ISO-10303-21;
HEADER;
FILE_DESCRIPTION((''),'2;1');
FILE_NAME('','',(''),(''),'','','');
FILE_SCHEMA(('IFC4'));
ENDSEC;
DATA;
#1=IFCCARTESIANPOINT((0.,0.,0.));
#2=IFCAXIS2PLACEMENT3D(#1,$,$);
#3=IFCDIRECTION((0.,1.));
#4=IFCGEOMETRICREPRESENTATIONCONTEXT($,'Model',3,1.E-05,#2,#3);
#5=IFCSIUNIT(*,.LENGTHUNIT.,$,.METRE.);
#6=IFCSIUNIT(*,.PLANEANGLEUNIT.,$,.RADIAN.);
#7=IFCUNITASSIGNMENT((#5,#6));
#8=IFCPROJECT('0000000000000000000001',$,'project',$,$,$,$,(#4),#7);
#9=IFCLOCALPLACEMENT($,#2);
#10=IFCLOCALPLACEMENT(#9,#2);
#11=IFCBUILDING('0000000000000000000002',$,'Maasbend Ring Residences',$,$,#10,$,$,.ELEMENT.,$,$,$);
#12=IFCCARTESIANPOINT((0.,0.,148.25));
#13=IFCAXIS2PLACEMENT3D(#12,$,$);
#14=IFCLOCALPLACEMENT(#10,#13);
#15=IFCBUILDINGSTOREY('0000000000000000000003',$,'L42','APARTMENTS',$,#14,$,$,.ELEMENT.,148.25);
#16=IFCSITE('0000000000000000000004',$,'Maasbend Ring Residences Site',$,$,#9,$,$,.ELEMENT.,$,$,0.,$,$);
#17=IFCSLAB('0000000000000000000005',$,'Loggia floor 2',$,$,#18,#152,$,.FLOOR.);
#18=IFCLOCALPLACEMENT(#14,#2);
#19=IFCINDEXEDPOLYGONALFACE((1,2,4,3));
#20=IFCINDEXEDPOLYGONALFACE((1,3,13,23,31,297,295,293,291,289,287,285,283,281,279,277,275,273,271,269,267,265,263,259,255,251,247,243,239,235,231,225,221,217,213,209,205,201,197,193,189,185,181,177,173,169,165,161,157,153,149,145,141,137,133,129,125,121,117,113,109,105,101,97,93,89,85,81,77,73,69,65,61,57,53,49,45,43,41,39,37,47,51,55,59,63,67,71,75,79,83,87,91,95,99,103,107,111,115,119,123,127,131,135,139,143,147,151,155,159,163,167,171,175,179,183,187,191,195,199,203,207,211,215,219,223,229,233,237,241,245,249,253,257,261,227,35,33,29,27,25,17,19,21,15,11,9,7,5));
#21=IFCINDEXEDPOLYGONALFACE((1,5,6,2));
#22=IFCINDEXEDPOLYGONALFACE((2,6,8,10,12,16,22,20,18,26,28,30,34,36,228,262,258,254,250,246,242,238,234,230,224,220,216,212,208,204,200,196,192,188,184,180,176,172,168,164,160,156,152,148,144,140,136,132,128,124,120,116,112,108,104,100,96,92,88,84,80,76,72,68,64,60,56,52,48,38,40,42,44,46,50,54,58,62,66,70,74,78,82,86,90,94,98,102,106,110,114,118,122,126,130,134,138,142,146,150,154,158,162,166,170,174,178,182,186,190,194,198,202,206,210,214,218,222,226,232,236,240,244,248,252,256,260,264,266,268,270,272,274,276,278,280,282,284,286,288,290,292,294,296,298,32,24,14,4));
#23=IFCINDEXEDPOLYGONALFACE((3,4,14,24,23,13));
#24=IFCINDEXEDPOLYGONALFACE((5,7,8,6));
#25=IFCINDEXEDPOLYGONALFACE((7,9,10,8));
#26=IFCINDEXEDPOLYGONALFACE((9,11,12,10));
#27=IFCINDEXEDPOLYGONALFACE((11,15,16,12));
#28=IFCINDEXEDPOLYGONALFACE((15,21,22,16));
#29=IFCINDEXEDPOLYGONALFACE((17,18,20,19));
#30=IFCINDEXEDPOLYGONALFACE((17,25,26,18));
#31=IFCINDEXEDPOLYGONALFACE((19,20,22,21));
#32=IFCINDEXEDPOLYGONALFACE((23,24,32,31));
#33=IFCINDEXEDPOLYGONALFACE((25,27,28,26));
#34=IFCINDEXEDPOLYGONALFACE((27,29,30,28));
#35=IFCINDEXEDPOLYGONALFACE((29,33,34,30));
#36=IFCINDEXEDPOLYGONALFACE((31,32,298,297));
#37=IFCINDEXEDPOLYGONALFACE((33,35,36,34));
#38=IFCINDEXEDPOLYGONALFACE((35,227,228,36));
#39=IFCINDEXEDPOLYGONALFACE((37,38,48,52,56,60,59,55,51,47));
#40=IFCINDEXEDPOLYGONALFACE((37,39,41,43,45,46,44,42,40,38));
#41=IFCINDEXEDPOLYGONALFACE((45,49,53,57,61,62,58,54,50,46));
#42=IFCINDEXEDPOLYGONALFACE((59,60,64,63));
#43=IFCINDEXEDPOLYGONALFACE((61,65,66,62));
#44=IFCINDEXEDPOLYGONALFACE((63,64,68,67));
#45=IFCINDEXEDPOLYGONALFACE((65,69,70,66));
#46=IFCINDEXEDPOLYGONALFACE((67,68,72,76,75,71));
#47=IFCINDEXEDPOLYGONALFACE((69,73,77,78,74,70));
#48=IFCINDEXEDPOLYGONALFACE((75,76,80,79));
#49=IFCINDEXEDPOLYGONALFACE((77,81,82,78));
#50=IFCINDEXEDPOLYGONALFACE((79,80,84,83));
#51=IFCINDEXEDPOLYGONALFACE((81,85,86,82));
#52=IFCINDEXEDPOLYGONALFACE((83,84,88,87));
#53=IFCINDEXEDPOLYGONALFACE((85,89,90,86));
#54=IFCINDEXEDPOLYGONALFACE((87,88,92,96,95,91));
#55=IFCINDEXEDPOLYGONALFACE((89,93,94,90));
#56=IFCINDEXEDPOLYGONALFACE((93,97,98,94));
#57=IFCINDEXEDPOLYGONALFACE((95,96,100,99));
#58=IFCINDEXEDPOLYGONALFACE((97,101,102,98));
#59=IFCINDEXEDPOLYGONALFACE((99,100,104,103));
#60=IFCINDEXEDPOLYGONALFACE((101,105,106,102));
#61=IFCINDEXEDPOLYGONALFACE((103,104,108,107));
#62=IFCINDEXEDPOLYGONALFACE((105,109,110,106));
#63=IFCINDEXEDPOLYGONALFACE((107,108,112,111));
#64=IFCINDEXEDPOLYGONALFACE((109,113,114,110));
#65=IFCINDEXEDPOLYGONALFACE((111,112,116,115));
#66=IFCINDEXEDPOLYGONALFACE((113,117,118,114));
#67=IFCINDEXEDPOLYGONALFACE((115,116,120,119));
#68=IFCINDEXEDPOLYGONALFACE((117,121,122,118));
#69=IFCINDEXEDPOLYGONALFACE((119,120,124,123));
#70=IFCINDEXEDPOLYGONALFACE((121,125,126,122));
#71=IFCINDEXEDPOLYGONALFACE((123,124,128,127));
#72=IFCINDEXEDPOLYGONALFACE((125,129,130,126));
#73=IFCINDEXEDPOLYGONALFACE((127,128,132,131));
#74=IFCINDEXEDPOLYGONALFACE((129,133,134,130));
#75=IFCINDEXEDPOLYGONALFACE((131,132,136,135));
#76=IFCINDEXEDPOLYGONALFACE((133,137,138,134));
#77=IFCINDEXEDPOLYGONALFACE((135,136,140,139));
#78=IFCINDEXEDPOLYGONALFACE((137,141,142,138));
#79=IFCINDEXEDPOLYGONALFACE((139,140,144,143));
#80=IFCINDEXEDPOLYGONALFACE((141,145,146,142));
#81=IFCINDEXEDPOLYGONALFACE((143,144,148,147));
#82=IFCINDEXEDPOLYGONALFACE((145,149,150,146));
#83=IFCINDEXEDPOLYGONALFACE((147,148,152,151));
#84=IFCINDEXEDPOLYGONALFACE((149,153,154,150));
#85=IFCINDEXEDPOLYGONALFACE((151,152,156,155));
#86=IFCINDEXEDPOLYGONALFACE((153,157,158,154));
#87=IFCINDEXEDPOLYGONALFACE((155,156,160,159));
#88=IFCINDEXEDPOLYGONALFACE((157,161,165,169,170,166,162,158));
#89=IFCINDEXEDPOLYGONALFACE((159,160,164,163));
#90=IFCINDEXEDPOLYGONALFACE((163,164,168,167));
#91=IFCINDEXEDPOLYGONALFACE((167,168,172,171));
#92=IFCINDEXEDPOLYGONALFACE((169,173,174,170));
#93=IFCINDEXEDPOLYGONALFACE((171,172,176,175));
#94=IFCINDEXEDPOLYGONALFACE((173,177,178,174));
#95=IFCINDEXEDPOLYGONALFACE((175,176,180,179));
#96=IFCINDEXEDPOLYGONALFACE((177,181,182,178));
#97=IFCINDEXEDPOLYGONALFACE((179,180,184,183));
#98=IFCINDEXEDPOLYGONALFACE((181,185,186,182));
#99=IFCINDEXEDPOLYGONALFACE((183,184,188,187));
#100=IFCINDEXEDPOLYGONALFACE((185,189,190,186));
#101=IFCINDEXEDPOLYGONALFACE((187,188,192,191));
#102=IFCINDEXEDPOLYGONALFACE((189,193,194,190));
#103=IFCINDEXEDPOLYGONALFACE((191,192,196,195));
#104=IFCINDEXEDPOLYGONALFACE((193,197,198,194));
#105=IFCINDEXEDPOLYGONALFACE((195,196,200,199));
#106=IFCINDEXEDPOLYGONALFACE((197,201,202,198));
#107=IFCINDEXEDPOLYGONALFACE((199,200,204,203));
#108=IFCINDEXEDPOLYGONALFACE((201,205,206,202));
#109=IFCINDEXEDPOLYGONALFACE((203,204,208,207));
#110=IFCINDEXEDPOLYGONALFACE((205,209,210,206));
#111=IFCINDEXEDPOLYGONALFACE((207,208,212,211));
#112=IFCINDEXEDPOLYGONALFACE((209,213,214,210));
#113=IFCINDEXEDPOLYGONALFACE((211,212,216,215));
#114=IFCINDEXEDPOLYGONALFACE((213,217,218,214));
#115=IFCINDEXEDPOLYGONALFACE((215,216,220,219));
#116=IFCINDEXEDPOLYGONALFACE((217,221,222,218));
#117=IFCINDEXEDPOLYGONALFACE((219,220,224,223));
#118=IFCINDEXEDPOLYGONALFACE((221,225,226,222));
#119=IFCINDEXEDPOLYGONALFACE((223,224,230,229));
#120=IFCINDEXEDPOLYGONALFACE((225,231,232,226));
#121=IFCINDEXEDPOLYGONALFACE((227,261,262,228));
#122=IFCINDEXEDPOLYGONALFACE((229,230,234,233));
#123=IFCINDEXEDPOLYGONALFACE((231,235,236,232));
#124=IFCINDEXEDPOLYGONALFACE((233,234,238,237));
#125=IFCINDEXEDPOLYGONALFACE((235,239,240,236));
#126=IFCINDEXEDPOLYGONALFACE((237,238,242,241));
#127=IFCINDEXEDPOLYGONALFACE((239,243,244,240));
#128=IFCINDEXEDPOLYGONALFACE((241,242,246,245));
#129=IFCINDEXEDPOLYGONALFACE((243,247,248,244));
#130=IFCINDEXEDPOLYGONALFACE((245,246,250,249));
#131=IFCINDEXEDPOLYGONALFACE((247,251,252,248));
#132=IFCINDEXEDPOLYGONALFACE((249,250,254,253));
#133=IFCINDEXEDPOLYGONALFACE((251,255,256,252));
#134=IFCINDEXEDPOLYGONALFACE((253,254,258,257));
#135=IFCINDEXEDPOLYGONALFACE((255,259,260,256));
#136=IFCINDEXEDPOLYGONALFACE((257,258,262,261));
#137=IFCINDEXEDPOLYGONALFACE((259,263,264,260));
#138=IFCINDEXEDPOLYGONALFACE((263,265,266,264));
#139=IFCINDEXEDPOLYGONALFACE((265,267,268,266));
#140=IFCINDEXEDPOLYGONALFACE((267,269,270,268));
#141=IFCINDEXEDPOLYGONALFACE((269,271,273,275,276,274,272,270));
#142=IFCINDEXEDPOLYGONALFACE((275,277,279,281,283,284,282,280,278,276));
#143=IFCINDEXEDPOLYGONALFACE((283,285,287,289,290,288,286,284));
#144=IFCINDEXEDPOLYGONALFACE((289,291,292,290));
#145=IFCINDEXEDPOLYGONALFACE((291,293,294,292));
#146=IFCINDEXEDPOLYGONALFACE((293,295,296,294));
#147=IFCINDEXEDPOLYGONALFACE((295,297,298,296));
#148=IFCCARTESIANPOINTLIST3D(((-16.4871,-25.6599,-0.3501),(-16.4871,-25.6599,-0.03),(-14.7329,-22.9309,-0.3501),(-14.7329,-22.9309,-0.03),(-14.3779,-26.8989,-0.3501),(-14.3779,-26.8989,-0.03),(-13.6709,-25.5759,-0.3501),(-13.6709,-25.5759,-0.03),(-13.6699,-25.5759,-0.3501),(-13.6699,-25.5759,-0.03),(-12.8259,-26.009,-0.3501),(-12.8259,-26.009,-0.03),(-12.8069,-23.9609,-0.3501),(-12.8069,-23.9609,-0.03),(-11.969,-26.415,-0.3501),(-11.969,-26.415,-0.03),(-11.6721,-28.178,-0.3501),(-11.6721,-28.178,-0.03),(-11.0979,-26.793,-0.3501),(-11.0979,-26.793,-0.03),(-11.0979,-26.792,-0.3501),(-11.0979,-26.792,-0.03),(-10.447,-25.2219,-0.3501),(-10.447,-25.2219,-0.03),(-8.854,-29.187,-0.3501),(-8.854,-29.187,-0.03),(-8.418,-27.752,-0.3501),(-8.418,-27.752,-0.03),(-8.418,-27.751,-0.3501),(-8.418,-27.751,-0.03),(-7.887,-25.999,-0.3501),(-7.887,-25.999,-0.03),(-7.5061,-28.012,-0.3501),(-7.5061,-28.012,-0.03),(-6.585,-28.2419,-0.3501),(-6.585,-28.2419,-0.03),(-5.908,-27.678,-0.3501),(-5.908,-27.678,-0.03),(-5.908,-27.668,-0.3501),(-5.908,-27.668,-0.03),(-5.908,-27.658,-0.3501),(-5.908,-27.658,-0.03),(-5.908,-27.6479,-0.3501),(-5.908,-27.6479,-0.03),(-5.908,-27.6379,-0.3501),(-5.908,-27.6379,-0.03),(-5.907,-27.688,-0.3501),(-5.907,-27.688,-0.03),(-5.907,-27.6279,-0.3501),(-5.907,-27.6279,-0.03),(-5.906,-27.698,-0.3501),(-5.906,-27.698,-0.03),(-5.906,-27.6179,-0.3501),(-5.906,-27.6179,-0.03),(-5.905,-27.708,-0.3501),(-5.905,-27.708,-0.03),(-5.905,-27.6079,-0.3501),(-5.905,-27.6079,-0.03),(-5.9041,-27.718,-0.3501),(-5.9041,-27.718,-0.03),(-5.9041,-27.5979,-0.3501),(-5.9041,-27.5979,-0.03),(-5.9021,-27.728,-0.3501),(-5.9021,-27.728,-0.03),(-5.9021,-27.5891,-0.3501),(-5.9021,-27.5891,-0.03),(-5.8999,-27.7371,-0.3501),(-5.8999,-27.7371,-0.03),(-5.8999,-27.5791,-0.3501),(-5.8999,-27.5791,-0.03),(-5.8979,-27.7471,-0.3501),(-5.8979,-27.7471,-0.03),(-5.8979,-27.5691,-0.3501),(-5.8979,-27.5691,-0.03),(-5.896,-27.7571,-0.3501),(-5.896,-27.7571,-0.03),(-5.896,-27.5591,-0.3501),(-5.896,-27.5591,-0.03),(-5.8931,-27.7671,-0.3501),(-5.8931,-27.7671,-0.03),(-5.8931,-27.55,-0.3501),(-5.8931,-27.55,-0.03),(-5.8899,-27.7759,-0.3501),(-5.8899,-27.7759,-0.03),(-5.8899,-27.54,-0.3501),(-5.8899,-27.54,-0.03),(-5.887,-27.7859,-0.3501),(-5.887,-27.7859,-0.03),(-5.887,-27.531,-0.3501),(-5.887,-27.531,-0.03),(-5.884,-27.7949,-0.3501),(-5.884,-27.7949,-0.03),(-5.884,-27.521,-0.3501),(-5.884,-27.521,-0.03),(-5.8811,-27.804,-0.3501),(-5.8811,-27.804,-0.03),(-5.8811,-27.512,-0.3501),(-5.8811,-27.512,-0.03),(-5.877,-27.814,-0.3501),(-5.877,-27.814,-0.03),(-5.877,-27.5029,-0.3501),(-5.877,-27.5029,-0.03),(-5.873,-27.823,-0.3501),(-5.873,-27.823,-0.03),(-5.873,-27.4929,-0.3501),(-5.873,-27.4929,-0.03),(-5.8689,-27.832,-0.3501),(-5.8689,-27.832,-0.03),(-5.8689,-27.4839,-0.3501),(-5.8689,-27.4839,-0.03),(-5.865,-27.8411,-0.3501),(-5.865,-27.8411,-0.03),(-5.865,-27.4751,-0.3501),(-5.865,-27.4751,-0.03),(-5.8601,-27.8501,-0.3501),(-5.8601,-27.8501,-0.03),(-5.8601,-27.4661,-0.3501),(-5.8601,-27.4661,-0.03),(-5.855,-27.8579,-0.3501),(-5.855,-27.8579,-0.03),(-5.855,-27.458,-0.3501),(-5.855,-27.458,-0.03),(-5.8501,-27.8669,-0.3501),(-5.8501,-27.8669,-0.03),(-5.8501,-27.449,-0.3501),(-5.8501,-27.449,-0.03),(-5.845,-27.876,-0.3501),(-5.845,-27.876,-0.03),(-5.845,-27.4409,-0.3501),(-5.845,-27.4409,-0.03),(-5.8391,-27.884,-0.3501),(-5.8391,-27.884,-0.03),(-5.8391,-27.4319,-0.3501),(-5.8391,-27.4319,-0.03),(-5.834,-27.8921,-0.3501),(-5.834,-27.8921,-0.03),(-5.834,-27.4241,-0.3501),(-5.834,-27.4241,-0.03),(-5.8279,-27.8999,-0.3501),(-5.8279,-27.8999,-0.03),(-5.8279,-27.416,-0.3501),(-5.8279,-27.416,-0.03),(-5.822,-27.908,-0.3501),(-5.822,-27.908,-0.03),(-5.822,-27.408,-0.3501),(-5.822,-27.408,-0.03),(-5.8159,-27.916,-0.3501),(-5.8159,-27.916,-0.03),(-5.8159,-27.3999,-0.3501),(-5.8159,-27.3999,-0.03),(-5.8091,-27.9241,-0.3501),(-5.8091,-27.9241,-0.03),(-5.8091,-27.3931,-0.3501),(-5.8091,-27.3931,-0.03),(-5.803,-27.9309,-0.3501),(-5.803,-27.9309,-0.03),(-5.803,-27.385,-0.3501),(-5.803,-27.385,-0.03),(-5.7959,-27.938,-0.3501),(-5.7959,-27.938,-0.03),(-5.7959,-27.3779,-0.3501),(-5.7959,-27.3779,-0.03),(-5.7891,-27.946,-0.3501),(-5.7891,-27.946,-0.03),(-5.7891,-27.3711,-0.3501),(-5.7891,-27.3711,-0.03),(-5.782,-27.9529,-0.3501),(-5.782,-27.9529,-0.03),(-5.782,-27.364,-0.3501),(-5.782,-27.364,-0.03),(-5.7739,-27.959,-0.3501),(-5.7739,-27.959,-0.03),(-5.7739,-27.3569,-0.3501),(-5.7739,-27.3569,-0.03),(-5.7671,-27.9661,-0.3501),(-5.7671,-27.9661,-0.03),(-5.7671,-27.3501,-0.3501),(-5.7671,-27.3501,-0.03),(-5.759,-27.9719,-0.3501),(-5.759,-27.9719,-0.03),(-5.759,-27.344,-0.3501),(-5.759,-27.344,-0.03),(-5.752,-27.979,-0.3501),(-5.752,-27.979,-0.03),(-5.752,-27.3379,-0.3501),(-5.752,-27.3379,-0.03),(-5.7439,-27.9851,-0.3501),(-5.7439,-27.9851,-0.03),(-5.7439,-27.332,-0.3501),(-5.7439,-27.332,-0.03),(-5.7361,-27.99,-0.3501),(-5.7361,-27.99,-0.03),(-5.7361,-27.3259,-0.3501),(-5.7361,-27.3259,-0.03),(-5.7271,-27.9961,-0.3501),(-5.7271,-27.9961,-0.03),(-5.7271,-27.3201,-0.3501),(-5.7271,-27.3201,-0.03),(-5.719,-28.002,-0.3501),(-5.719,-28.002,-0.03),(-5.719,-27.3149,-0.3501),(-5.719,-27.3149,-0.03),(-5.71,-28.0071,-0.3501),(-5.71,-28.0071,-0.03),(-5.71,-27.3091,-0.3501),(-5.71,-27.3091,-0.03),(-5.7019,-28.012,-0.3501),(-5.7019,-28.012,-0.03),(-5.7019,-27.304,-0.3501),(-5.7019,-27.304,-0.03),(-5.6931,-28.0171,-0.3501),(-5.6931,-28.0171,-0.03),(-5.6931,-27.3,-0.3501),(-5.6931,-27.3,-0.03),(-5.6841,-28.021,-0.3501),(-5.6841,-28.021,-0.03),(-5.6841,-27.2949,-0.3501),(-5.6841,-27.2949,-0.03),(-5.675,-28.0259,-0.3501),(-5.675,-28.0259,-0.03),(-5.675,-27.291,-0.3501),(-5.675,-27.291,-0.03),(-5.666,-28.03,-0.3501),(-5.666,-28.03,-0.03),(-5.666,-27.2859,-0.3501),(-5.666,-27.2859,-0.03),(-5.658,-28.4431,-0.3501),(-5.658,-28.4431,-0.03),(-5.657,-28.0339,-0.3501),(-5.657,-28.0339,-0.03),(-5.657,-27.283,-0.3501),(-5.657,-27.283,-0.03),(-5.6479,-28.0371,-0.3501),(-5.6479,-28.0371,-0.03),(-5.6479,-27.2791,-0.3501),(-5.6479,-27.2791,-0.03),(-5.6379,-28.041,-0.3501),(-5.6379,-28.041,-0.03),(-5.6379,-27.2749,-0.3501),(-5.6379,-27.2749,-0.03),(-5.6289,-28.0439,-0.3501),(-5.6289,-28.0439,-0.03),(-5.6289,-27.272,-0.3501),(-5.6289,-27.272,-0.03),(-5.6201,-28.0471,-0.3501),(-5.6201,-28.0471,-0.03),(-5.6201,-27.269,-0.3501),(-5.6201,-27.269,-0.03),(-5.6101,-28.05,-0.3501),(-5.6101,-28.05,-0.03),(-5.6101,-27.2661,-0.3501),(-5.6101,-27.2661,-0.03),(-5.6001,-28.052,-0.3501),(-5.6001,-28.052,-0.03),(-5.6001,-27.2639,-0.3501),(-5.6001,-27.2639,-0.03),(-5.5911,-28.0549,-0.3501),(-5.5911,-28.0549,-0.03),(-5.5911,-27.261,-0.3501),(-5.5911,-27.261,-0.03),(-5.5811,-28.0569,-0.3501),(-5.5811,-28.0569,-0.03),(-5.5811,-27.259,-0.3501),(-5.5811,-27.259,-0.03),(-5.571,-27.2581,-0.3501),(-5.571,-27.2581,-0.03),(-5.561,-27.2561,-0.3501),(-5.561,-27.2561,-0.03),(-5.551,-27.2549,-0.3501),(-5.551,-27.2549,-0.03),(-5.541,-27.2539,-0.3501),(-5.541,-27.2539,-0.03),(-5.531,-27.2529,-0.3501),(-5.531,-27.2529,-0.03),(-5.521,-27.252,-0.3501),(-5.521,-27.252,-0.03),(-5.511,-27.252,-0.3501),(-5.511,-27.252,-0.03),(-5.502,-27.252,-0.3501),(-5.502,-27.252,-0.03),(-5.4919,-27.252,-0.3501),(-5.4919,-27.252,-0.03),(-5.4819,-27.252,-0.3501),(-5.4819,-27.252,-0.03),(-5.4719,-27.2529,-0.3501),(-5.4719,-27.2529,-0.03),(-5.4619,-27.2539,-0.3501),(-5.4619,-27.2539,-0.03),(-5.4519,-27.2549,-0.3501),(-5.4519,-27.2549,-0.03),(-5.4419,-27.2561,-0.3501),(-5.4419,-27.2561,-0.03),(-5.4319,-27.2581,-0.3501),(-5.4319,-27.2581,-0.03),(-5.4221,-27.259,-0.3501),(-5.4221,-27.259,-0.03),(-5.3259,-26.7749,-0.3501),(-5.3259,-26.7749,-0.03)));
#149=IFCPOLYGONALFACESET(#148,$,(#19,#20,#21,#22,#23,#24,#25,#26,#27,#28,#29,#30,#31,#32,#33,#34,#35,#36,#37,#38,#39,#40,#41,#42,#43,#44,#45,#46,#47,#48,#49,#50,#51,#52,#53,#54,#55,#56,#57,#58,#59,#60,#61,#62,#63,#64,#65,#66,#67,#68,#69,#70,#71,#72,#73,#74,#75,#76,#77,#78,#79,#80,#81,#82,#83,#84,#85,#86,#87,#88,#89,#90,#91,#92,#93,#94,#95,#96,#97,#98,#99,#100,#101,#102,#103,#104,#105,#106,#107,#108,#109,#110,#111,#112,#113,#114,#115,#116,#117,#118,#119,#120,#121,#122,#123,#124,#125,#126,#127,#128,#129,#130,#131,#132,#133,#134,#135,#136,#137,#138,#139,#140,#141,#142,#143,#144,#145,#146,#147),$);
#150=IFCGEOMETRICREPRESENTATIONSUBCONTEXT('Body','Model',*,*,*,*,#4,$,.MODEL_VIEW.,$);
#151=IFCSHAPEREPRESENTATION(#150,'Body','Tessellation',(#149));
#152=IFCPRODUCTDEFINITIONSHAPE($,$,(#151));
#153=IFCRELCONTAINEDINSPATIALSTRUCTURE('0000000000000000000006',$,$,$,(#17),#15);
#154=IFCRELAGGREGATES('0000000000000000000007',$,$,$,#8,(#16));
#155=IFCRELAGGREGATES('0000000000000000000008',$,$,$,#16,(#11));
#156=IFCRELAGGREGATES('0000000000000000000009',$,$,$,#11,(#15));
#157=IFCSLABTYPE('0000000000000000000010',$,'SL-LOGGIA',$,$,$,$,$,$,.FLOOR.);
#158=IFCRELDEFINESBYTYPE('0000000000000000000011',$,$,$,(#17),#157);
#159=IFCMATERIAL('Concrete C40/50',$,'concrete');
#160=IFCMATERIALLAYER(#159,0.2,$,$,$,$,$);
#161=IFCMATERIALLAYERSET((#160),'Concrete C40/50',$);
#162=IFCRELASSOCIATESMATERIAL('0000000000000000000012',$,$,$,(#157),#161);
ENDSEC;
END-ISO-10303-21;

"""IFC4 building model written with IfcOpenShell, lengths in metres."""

from ifc_helpers import new_model, si_unit, direction, frame, origin, place, context, subcontext, project, spatial, polyline, outline, extrude, material, layer, layer_set, type_object, element, save


model = new_model("IFC4")

# Units and contexts
model_context = context("Model", 3, precision=1e-05, world=origin(), true_north=direction((0.0, 1.0)))
body_context = subcontext(model_context, "Body", "Model", "MODEL_VIEW")
ifc_project = project(units=[si_unit("LENGTHUNIT", "METRE"), si_unit("PLANEANGLEUNIT", "RADIAN")], contexts=[model_context])

# Site, building, storey
site_placement = place(None, origin())
site = spatial("IfcSite", under=ifc_project, at=site_placement, Name="Maasbend Ring Residences Site", CompositionType="ELEMENT", RefElevation=0.0)
building_placement = place(site_placement, origin())
building = spatial("IfcBuilding", under=site, at=building_placement, Name="Maasbend Ring Residences", CompositionType="ELEMENT")
storey_placement = place(building_placement, frame((0.0, 0.0, 148.25)))
storey = spatial("IfcBuildingStorey", under=building, at=storey_placement, Name="L42", Description="APARTMENTS", CompositionType="ELEMENT", Elevation=148.25)

# Slab
ifc_material_1 = material(Name="Concrete C40/50", Category="concrete")
ifc_layer_1 = layer(ifc_material_1, 0.2)
ifc_layer_set_1 = layer_set([ifc_layer_1], Name="Concrete C40/50")
slab_type_1 = type_object("IfcSlabType", Name="SL-LOGGIA", PredefinedType="FLOOR", material=ifc_layer_set_1)
slab_1_placement = place(storey_placement, frame((0.0, 0.0, -0.3501)))
element("IfcSlab", 1, at=slab_1_placement, inside=storey, type_object=slab_type_1, Name="Loggia floor 2", PredefinedType="FLOOR", context=body_context, shape_type="SweptSolid", body=[
    extrude(outline(polyline([(-12.8069, -23.9609), (-10.447, -25.2219), (-10.447, -25.2219), (-10.447, -25.2219), (-7.887, -25.999), (-5.3259, -26.7749), (-5.3259, -26.7749), (-5.3259, -26.7749), (-5.4221, -27.259), (-5.4319, -27.2581), (-5.4419, -27.2561), (-5.4519, -27.2549), (-5.4619, -27.2539), (-5.4719, -27.2529), (-5.4819, -27.252), (-5.4919, -27.252), (-5.502, -27.252), (-5.511, -27.252), (-5.521, -27.252), (-5.531, -27.2529), (-5.541, -27.2539), (-5.551, -27.2549), (-5.561, -27.2561), (-5.571, -27.2581), (-5.5811, -27.259), (-5.5911, -27.261), (-5.6001, -27.2639), (-5.6101, -27.2661), (-5.6201, -27.269), (-5.6289, -27.272), (-5.6379, -27.2749), (-5.6479, -27.2791), (-5.657, -27.283), (-5.666, -27.2859), (-5.675, -27.291), (-5.6841, -27.2949), (-5.6931, -27.3), (-5.7019, -27.304), (-5.71, -27.3091), (-5.719, -27.3149), (-5.7271, -27.3201), (-5.7361, -27.3259), (-5.7439, -27.332), (-5.752, -27.3379), (-5.759, -27.344), (-5.7671, -27.3501), (-5.7739, -27.3569), (-5.782, -27.364), (-5.7891, -27.3711), (-5.7959, -27.3779), (-5.803, -27.385), (-5.8091, -27.3931), (-5.8159, -27.3999), (-5.822, -27.408), (-5.8279, -27.416), (-5.834, -27.4241), (-5.8391, -27.4319), (-5.845, -27.4409), (-5.8501, -27.449), (-5.855, -27.458), (-5.8601, -27.4661), (-5.865, -27.4751), (-5.8689, -27.4839), (-5.873, -27.4929), (-5.877, -27.5029), (-5.8811, -27.512), (-5.884, -27.521), (-5.887, -27.531), (-5.8899, -27.54), (-5.8931, -27.55), (-5.896, -27.5591), (-5.8979, -27.5691), (-5.8999, -27.5791), (-5.9021, -27.5891), (-5.9041, -27.5979), (-5.905, -27.6079), (-5.906, -27.6179), (-5.907, -27.6279), (-5.908, -27.6379), (-5.908, -27.6479), (-5.908, -27.658), (-5.908, -27.668), (-5.908, -27.678), (-5.907, -27.688), (-5.906, -27.698), (-5.905, -27.708), (-5.9041, -27.718), (-5.9021, -27.728), (-5.8999, -27.7371), (-5.8979, -27.7471), (-5.896, -27.7571), (-5.8931, -27.7671), (-5.8899, -27.7759), (-5.887, -27.7859), (-5.884, -27.7949), (-5.8811, -27.804), (-5.877, -27.814), (-5.873, -27.823), (-5.8689, -27.832), (-5.865, -27.8411), (-5.8601, -27.8501), (-5.855, -27.8579), (-5.8501, -27.8669), (-5.845, -27.876), (-5.8391, -27.884), (-5.834, -27.8921), (-5.8279, -27.8999), (-5.822, -27.908), (-5.8159, -27.916), (-5.8091, -27.9241), (-5.803, -27.9309), (-5.7959, -27.938), (-5.7891, -27.946), (-5.782, -27.9529), (-5.7739, -27.959), (-5.7671, -27.9661), (-5.759, -27.9719), (-5.752, -27.979), (-5.7439, -27.9851), (-5.7361, -27.99), (-5.7271, -27.9961), (-5.719, -28.002), (-5.71, -28.0071), (-5.7019, -28.012), (-5.6931, -28.0171), (-5.6841, -28.021), (-5.675, -28.0259), (-5.666, -28.03), (-5.657, -28.0339), (-5.6479, -28.0371), (-5.6379, -28.041), (-5.6289, -28.0439), (-5.6201, -28.0471), (-5.6101, -28.05), (-5.6001, -28.052), (-5.5911, -28.0549), (-5.5811, -28.0569), (-5.658, -28.4431), (-5.658, -28.4431), (-5.658, -28.4431), (-6.585, -28.2419), (-6.585, -28.2419), (-7.5061, -28.012), (-7.5061, -28.012), (-8.418, -27.751), (-8.418, -27.751), (-8.418, -27.751), (-8.418, -27.751), (-8.418, -27.751), (-8.418, -27.751), (-8.418, -27.751), (-8.418, -27.751), (-8.418, -27.751), (-8.418, -27.751), (-8.418, -27.752), (-8.418, -27.752), (-8.418, -27.752), (-8.418, -27.752), (-8.418, -27.752), (-8.418, -27.752), (-8.418, -27.752), (-8.854, -29.187), (-8.854, -29.187), (-8.854, -29.187), (-11.6721, -28.178), (-11.6721, -28.178), (-11.6721, -28.178), (-11.0979, -26.793), (-11.0979, -26.793), (-11.0979, -26.793), (-11.0979, -26.793), (-11.0979, -26.793), (-11.0979, -26.793), (-11.0979, -26.793), (-11.0979, -26.793), (-11.0979, -26.793), (-11.0979, -26.793), (-11.0979, -26.792), (-11.0979, -26.792), (-11.0979, -26.792), (-11.0979, -26.792), (-11.0979, -26.792), (-11.0979, -26.792), (-11.0979, -26.792), (-11.969, -26.415), (-11.969, -26.415), (-12.8259, -26.009), (-12.8259, -26.009), (-13.6699, -25.5759), (-13.6699, -25.5759), (-13.6699, -25.5759), (-13.6699, -25.5759), (-13.6699, -25.5759), (-13.6699, -25.5759), (-13.6699, -25.5759), (-13.6699, -25.5759), (-13.6699, -25.5759), (-13.6699, -25.5759), (-13.6709, -25.5759), (-13.6709, -25.5759), (-13.6709, -25.5759), (-13.6709, -25.5759), (-13.6709, -25.5759), (-13.6709, -25.5759), (-13.6709, -25.5759), (-14.3779, -26.8989), (-14.3779, -26.8989), (-14.3779, -26.8989), (-16.4871, -25.6599), (-16.4871, -25.6599), (-16.4871, -25.6599), (-14.7329, -22.9309), (-14.7329, -22.9309), (-14.7329, -22.9309), (-12.8069, -23.9609)])), origin(), (0.0, 0.0, 1.0), 0.3201),
])

save(model, "model.ifc")
